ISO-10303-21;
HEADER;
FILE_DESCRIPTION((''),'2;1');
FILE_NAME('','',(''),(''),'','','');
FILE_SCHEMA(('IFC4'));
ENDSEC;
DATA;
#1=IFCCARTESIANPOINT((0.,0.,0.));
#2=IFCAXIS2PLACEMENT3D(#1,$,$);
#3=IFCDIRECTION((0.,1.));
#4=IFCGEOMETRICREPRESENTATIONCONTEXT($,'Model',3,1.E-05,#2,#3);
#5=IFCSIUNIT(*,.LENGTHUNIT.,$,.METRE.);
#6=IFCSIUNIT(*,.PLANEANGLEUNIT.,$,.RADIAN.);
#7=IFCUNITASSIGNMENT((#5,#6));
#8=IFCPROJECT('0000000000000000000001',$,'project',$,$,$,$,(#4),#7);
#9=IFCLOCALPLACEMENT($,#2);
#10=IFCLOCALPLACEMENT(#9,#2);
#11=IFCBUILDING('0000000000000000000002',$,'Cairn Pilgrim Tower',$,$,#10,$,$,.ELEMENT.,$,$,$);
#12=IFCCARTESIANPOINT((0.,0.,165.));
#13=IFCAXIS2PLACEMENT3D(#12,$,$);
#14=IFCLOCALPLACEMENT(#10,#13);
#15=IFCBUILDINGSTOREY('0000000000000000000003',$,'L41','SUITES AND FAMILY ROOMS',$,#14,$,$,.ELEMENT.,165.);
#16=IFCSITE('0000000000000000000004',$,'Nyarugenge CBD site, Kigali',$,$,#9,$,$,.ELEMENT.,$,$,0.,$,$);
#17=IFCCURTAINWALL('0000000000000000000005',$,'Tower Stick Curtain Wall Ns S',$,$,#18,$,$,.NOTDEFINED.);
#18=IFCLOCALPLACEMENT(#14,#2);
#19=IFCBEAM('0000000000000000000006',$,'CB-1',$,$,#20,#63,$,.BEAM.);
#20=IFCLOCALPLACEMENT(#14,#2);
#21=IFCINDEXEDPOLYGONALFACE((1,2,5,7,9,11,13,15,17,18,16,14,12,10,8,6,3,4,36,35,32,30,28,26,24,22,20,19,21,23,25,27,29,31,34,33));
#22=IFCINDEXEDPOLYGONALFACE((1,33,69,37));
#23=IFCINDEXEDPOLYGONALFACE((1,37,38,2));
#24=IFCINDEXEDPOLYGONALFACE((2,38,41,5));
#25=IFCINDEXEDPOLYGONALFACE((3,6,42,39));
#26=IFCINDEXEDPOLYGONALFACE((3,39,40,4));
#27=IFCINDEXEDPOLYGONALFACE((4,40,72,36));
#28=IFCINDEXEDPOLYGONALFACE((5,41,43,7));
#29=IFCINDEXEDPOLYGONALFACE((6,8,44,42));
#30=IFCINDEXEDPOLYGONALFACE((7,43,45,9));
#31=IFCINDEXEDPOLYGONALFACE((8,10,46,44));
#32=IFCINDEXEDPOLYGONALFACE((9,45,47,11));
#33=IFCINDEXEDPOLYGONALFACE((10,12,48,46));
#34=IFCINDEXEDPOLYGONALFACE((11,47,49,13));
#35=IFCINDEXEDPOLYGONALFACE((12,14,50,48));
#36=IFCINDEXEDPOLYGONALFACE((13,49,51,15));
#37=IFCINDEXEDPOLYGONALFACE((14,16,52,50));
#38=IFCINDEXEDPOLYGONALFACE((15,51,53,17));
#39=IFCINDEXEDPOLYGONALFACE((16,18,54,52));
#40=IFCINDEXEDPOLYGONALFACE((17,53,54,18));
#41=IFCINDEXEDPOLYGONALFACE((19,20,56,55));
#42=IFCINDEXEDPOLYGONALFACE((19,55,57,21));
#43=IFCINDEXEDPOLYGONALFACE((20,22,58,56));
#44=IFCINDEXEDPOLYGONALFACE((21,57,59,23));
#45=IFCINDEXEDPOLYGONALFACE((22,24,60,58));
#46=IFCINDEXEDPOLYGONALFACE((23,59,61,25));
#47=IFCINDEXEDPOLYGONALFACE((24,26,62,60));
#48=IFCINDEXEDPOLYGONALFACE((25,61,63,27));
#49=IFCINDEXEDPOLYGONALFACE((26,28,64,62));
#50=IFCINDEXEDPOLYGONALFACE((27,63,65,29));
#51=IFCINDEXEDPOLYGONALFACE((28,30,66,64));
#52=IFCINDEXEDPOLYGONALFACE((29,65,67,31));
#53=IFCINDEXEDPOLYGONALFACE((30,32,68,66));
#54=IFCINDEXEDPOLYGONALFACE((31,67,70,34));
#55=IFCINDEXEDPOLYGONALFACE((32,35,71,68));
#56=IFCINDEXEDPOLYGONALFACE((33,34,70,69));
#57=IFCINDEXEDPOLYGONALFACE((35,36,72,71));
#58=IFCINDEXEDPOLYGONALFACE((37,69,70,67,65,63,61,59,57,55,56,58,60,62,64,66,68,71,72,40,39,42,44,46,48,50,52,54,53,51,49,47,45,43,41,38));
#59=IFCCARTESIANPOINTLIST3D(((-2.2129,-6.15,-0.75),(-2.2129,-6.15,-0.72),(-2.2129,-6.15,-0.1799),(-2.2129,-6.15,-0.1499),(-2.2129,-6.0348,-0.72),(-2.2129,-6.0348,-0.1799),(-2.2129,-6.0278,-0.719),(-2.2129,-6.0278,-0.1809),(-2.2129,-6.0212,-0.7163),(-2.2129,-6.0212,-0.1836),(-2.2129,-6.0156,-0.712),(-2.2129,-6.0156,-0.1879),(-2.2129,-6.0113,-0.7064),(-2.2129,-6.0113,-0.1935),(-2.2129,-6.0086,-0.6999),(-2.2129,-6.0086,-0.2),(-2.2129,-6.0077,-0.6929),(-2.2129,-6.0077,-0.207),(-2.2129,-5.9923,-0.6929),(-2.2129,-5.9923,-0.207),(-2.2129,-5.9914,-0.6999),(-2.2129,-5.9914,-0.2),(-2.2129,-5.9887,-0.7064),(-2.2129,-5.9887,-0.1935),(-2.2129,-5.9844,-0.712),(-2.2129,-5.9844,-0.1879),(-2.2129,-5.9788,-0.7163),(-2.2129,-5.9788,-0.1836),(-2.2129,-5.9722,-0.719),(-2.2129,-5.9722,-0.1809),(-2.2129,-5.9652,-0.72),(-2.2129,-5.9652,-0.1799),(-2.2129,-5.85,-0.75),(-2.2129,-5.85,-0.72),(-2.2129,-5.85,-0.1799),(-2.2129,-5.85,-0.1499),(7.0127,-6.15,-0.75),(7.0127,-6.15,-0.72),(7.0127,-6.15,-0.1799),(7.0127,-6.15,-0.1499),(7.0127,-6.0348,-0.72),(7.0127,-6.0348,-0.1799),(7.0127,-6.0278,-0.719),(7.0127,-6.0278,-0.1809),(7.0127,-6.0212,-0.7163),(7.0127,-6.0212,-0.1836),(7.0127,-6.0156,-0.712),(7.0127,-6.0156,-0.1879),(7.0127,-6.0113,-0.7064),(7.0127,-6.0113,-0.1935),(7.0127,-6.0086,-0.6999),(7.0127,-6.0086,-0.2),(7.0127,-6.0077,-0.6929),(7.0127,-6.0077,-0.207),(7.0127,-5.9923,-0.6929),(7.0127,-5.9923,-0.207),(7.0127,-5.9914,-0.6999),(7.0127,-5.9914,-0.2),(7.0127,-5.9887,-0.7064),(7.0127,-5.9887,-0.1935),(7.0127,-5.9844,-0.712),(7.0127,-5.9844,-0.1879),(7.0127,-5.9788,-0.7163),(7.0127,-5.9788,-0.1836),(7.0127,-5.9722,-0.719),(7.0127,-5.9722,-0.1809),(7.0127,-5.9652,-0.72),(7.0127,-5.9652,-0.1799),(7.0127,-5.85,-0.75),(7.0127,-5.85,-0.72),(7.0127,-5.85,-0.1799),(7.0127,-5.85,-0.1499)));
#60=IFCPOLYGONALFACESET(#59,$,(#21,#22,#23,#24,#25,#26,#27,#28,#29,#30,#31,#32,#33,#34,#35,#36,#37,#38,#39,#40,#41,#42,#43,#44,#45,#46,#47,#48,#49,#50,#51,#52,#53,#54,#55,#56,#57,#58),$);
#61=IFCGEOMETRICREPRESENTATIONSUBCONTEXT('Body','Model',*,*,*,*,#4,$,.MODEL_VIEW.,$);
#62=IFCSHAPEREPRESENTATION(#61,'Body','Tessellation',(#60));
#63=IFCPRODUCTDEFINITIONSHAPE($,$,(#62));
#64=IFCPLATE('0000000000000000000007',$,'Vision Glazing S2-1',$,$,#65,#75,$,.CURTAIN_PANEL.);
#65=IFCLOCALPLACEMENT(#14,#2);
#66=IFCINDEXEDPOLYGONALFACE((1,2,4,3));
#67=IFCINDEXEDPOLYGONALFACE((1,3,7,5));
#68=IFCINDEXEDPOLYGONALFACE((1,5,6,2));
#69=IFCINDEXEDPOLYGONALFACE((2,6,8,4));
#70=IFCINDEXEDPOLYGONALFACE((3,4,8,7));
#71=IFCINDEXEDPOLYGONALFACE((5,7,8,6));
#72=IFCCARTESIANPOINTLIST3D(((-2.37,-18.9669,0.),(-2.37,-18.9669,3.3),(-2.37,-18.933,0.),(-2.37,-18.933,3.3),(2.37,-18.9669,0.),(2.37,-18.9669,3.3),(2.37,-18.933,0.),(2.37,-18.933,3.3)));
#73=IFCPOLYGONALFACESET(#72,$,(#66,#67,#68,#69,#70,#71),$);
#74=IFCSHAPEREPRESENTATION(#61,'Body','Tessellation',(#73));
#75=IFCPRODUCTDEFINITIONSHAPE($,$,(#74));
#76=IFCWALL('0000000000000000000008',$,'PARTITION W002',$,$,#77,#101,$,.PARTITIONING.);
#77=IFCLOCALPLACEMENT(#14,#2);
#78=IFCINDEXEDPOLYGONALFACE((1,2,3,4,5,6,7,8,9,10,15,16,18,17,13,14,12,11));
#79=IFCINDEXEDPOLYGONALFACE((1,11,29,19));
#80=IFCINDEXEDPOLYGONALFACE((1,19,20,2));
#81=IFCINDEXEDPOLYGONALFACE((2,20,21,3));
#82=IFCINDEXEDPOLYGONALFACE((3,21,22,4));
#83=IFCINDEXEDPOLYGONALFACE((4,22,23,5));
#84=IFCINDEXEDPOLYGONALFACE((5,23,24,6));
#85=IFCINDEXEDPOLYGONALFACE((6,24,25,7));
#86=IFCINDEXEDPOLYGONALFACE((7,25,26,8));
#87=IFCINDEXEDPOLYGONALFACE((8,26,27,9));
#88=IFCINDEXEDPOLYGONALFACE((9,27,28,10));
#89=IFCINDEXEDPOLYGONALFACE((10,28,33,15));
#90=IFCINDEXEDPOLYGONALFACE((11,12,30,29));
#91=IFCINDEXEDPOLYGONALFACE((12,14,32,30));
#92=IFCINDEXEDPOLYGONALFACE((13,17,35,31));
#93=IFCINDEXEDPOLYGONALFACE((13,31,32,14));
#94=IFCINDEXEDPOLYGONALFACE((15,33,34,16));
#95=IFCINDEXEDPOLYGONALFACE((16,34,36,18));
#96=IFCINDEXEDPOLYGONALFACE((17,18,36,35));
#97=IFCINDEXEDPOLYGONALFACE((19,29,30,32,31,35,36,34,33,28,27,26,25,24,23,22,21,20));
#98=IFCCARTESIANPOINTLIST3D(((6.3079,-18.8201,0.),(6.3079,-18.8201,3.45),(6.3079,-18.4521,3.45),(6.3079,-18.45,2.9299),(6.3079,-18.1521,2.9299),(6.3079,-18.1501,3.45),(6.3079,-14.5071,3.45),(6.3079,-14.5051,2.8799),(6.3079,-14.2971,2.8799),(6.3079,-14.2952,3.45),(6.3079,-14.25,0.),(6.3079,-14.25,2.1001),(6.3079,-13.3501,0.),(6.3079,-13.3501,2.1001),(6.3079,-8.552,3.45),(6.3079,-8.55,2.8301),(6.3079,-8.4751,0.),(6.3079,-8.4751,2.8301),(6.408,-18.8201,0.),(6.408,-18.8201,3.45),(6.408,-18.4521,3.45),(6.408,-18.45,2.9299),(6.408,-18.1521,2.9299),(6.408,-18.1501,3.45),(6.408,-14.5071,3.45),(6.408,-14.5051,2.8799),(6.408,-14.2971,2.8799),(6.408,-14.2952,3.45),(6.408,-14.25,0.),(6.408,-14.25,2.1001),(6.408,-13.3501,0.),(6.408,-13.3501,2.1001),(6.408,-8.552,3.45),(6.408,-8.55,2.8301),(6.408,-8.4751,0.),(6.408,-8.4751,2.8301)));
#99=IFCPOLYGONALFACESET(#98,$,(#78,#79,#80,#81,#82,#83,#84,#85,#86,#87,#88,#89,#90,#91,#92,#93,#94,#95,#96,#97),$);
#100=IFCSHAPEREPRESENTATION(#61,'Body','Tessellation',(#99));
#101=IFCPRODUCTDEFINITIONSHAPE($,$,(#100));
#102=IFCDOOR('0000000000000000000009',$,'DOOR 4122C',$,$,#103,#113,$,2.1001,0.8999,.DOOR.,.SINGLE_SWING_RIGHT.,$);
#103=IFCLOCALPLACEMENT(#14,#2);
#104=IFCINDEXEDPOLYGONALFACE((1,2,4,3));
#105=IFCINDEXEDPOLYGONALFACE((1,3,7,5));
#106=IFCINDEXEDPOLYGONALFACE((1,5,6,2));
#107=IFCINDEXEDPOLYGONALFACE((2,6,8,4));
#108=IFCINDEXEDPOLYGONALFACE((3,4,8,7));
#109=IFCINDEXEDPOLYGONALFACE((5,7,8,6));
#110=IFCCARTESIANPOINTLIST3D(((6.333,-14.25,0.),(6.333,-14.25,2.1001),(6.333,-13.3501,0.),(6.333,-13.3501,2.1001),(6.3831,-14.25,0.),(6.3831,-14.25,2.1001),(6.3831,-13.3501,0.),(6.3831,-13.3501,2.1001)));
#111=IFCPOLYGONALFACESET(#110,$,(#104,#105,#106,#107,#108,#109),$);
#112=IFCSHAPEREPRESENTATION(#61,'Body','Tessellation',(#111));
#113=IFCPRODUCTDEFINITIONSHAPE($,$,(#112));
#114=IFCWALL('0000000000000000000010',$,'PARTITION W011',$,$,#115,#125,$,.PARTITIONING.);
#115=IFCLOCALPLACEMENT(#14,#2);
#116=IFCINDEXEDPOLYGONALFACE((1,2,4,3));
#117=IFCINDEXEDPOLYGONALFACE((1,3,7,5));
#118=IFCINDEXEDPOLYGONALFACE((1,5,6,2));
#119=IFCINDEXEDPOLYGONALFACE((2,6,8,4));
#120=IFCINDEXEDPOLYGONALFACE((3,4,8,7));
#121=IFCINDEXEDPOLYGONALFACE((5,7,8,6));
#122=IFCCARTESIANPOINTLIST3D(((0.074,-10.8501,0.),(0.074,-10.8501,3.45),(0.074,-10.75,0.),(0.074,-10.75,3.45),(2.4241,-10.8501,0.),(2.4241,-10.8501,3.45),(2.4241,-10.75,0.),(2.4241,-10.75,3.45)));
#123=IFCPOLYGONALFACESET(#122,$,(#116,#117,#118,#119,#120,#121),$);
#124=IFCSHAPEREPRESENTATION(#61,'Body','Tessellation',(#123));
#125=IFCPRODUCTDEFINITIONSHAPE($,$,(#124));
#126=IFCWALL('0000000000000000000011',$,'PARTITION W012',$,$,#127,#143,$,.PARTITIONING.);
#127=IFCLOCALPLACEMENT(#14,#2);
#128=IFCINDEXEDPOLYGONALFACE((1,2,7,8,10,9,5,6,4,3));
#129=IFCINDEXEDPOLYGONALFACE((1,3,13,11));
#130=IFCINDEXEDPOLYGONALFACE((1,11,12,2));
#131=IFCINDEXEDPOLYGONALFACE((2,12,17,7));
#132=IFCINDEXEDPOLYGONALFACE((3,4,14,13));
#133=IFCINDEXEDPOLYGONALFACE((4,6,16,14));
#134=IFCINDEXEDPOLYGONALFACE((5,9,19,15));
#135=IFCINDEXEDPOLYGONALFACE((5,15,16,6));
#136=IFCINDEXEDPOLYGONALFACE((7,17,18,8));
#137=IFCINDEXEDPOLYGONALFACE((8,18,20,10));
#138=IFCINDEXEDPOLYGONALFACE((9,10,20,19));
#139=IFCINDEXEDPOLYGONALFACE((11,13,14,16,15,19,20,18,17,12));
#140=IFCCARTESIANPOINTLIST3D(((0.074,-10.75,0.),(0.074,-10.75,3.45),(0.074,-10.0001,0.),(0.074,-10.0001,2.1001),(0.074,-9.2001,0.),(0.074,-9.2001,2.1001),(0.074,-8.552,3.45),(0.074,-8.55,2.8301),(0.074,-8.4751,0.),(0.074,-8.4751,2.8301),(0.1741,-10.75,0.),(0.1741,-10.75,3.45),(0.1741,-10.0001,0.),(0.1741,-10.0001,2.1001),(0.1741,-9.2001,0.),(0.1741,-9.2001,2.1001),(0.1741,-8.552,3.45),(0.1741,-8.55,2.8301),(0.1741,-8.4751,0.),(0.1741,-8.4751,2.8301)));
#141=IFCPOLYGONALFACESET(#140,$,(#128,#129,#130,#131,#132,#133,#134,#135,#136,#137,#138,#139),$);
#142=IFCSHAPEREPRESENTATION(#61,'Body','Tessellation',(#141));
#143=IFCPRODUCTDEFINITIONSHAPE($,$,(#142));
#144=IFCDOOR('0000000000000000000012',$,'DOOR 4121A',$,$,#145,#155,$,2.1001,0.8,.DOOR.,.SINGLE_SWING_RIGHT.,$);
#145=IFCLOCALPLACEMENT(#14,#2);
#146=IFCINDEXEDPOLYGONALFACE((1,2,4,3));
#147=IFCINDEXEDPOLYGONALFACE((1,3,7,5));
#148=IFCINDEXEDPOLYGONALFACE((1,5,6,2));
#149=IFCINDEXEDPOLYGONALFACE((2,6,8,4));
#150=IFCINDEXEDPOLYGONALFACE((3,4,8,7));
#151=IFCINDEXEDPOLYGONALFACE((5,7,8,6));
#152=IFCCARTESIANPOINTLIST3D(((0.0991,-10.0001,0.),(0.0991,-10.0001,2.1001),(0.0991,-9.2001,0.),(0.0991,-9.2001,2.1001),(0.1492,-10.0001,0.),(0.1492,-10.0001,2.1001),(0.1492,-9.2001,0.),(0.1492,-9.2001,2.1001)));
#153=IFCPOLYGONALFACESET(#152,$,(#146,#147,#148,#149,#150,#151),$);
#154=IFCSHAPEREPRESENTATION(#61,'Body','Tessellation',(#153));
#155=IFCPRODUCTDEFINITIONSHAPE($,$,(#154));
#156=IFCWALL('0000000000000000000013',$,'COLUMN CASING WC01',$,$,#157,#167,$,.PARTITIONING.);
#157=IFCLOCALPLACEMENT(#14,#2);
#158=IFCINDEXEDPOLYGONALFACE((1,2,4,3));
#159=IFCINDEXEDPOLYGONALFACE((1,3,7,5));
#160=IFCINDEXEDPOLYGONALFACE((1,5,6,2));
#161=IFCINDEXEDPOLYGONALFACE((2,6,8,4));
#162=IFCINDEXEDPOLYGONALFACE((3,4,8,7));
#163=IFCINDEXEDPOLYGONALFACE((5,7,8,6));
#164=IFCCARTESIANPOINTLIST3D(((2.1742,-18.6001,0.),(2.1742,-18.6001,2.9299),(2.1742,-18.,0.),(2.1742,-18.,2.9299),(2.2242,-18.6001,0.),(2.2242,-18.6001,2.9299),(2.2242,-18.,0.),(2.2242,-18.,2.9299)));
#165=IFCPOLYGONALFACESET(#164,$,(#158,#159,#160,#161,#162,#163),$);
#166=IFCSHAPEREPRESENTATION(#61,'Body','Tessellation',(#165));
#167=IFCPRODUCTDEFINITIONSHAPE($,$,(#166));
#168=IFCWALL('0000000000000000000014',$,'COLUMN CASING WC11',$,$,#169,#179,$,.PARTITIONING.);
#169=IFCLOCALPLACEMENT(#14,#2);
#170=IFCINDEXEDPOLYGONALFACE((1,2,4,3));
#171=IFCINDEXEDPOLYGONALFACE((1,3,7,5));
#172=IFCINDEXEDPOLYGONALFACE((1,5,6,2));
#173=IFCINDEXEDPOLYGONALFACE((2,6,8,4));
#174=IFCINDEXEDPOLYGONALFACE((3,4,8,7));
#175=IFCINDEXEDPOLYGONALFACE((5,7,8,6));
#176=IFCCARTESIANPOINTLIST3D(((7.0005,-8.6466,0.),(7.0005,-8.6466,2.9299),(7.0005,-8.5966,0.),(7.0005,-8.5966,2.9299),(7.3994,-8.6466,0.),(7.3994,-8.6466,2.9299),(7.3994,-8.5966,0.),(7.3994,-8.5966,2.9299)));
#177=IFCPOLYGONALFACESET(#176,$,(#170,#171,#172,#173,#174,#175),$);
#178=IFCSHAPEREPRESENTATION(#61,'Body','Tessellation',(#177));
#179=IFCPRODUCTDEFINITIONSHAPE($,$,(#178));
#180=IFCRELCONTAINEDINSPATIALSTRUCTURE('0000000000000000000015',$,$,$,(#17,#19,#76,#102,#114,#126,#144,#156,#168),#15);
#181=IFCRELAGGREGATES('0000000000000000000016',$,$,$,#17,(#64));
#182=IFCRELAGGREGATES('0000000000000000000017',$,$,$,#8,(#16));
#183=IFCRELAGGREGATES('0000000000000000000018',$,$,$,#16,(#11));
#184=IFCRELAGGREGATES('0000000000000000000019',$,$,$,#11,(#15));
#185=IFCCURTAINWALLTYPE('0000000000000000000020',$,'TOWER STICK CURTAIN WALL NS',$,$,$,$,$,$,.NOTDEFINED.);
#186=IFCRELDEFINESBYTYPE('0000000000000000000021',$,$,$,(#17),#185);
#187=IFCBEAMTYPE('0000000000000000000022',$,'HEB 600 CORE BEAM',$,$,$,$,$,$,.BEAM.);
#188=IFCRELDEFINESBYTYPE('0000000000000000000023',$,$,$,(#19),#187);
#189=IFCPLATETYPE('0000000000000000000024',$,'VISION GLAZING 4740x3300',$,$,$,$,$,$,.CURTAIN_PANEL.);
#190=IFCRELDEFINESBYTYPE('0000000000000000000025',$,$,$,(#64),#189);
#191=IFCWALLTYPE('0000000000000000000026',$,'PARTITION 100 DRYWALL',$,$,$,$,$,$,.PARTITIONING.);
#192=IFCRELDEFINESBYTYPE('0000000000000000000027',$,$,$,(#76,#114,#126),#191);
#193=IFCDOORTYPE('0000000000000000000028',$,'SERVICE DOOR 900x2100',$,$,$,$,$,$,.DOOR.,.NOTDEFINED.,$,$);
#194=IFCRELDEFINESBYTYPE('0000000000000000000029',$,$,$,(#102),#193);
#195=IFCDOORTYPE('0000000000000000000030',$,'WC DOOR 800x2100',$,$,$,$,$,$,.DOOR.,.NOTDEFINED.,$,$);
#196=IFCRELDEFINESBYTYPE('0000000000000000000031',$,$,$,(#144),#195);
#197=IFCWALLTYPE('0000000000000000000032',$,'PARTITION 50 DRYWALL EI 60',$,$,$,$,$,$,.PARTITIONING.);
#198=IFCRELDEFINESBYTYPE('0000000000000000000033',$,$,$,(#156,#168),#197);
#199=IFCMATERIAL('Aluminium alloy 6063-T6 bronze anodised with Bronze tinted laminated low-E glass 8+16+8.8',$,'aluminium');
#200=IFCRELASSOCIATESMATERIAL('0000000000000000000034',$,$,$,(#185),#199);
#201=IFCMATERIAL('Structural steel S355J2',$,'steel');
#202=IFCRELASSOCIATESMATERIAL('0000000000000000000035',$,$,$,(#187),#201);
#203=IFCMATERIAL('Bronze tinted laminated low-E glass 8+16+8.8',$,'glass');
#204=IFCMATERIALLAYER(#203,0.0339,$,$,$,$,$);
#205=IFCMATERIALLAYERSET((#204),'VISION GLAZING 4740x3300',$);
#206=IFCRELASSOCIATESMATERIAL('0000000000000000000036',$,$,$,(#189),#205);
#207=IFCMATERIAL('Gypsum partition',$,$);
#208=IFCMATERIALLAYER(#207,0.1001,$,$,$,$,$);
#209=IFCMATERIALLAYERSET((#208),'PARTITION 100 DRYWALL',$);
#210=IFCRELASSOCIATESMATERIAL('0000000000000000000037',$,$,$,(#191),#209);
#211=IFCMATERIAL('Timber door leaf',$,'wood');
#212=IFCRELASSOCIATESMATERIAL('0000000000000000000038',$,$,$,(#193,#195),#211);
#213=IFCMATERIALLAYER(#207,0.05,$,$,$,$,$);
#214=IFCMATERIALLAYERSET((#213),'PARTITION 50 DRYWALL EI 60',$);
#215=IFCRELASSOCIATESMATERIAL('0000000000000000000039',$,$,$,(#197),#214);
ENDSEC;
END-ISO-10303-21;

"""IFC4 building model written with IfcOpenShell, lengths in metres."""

from ifc_helpers import new_model, si_unit, direction, frame, frame_2d, origin, origin_2d, place, context, subcontext, project, spatial, polyline, rectangle, i_section, outline, extrude, material, layer, layer_set, material_profile, profile_set, type_object, element, fill, aggregate, save


model = new_model("IFC4")

# Units and contexts
model_context = context("Model", 3, precision=1e-05, world=origin(), true_north=direction((0.0, 1.0)))
body_context = subcontext(model_context, "Body", "Model", "MODEL_VIEW")
ifc_project = project(units=[si_unit("LENGTHUNIT", "METRE"), si_unit("PLANEANGLEUNIT", "RADIAN")], contexts=[model_context])

# Site, building, storey
site_placement = place(None, origin())
site = spatial("IfcSite", under=ifc_project, at=site_placement, Name="Nyarugenge CBD site, Kigali", CompositionType="ELEMENT", RefElevation=0.0)
building_placement = place(site_placement, origin())
building = spatial("IfcBuilding", under=site, at=building_placement, Name="Cairn Pilgrim Tower", CompositionType="ELEMENT")
storey_placement = place(building_placement, frame((0.0, 0.0, 165.0)))
storey = spatial("IfcBuildingStorey", under=building, at=storey_placement, Name="L41", Description="SUITES AND FAMILY ROOMS", CompositionType="ELEMENT", Elevation=165.0)

# Shared definitions
ifc_material_1 = material(Name="Structural steel S355J2", Category="steel")

# Curtain wall
ifc_material_2 = material(Name="Aluminium alloy 6063-T6 bronze anodised with Bronze tinted laminated low-E glass 8+16+8.8", Category="aluminium")
curtain_wall_type = type_object("IfcCurtainWallType", Name="TOWER STICK CURTAIN WALL NS", PredefinedType="NOTDEFINED", material=ifc_material_2)
curtain_wall_placement = place(storey_placement, origin())
curtain_wall = element("IfcCurtainWall", 1, at=curtain_wall_placement, inside=storey, type_object=curtain_wall_type, Name="Tower Stick Curtain Wall Ns S", PredefinedType="NOTDEFINED")

# Beam
ifc_material_profile_1 = material_profile(ifc_material_1, i_section(OverallWidth=0.3, OverallDepth=0.6001, WebThickness=0.0154, FlangeThickness=0.03, FilletRadius=0.0271, at=origin_2d()), Name="HEB 600")
ifc_profile_set_1 = profile_set([ifc_material_profile_1], Name="Structural steel S355J2")
beam_type_1 = type_object("IfcBeamType", Name="HEB 600 CORE BEAM", PredefinedType="BEAM", material=ifc_profile_set_1)
beam_1_placement = place(storey_placement, frame((-2.2129, -6.0, -0.45), z_axis=(1.0, 0.0, 0.0), x_axis=(0.0, 1.0, 0.0)))
element("IfcBeam", 2, at=beam_1_placement, inside=storey, type_object=beam_type_1, Name="CB-1", PredefinedType="BEAM", context=body_context, shape_type="SweptSolid", body=[
    extrude(i_section(OverallWidth=0.3, OverallDepth=0.6001, WebThickness=0.0154, FlangeThickness=0.03, FilletRadius=0.0271, at=origin_2d()), origin(), (0.0, 0.0, 1.0), 9.2256),
])

# Plate
ifc_material_3 = material(Name="Bronze tinted laminated low-E glass 8+16+8.8", Category="glass")
ifc_layer_1 = layer(ifc_material_3, 0.0339)
ifc_layer_set_1 = layer_set([ifc_layer_1], Name="VISION GLAZING 4740x3300")
plate_type = type_object("IfcPlateType", Name="VISION GLAZING 4740x3300", PredefinedType="CURTAIN_PANEL", material=ifc_layer_set_1)
plate_placement = place(storey_placement, frame((0.0, -18.95, 0.0), z_axis=(0.0, 0.0, 1.0), x_axis=(1.0, 0.0, 0.0)))
plate = element("IfcPlate", 3, at=plate_placement, type_object=plate_type, Name="Vision Glazing S2-1", PredefinedType="CURTAIN_PANEL", context=body_context, shape_type="SweptSolid", body=[
    extrude(rectangle(XDim=4.74, YDim=0.0339, at=origin_2d()), origin(), (0.0, 0.0, 1.0), 3.3),
])
aggregate(curtain_wall, [plate])

# Wall, opening, door
ifc_material_4 = material(Name="Gypsum partition")
ifc_layer_2 = layer(ifc_material_4, 0.1001)
ifc_layer_set_2 = layer_set([ifc_layer_2], Name="PARTITION 100 DRYWALL")
wall_type_1 = type_object("IfcWallType", Name="PARTITION 100 DRYWALL", PredefinedType="PARTITIONING", material=ifc_layer_set_2)
wall_1_placement = place(storey_placement, frame((6.3579, -18.8201, 0.0), z_axis=(0.0, 0.0, 1.0), x_axis=(0.0, 1.0, 0.0)))
wall_1 = element("IfcWall", 4, at=wall_1_placement, inside=storey, type_object=wall_type_1, Name="PARTITION W002", PredefinedType="PARTITIONING", context=body_context, shape_type="SweptSolid", body=[
    extrude(outline(polyline([(0.0, 0.0), (10.345, 0.0), (10.345, 2.8301), (10.27, 2.8301), (10.2681, 3.45), (4.5249, 3.45), (4.5229, 2.8799), (4.3149, 2.8799), (4.313, 3.45), (0.6699, 3.45), (0.668, 2.9299), (0.3701, 2.9299), (0.3679, 3.45), (0.0, 3.45), (0.0, 0.0)])), frame((0.0, 0.05, 0.0), z_axis=(0.0, -1.0, 0.0), x_axis=(1.0, 0.0, 0.0)), (0.0, 0.0, 1.0), 0.1001),
])
opening_1_placement = place(wall_1_placement, frame((4.5701, 0.0, 0.0)))
opening_1 = element("IfcOpeningElement", 5, at=opening_1_placement, cuts=wall_1, PredefinedType="OPENING", context=body_context, shape_type="SweptSolid", body=[
    extrude(rectangle(XDim=0.8999, YDim=2.1001, at=frame_2d((0.45, 1.05))), frame((0.0, 0.0601, 0.0), z_axis=(0.0, -1.0, 0.0), x_axis=(1.0, 0.0, 0.0)), (0.0, 0.0, 1.0), 0.1201),
])
ifc_material_5 = material(Name="Timber door leaf", Category="wood")
door_type_1 = type_object("IfcDoorType", Name="SERVICE DOOR 900x2100", OperationType="NOTDEFINED", PredefinedType="DOOR", material=ifc_material_5)
door_1_placement = place(opening_1_placement, origin())
door_1 = element("IfcDoor", 6, at=door_1_placement, inside=storey, type_object=door_type_1, Name="DOOR 4122C", OperationType="SINGLE_SWING_RIGHT", OverallHeight=2.1001, OverallWidth=0.8999, PredefinedType="DOOR", context=body_context, shape_type="SweptSolid", body=[
    extrude(rectangle(XDim=0.8999, YDim=2.1001, at=frame_2d((0.45, 1.05))), frame((0.0, 0.0249, 0.0), z_axis=(0.0, -1.0, 0.0), x_axis=(1.0, 0.0, 0.0)), (0.0, 0.0, 1.0), 0.05),
])
fill(opening_1, door_1)

# Wall
wall_2_placement = place(storey_placement, frame((0.074, -10.8, 0.0), z_axis=(0.0, 0.0, 1.0), x_axis=(1.0, 0.0, 0.0)))
element("IfcWall", 7, at=wall_2_placement, inside=storey, type_object=wall_type_1, Name="PARTITION W011", PredefinedType="PARTITIONING", context=body_context, shape_type="SweptSolid", body=[
    extrude(rectangle(XDim=2.3501, YDim=0.1001, at=frame_2d((1.175, 0.0))), origin(), (0.0, 0.0, 1.0), 3.45),
])

# Wall, opening, door
wall_3_placement = place(storey_placement, frame((0.124, -10.75, 0.0), z_axis=(0.0, 0.0, 1.0), x_axis=(0.0, 1.0, 0.0)))
wall_3 = element("IfcWall", 8, at=wall_3_placement, inside=storey, type_object=wall_type_1, Name="PARTITION W012", PredefinedType="PARTITIONING", context=body_context, shape_type="SweptSolid", body=[
    extrude(outline(polyline([(0.0, 0.0), (2.2749, 0.0), (2.2749, 2.8301), (2.2, 2.8301), (2.198, 3.45), (0.0, 3.45), (0.0, 0.0)])), frame((0.0, 0.05, 0.0), z_axis=(0.0, -1.0, 0.0), x_axis=(1.0, 0.0, 0.0)), (0.0, 0.0, 1.0), 0.1001),
])
opening_2_placement = place(wall_3_placement, frame((0.75, 0.0, 0.0)))
opening_2 = element("IfcOpeningElement", 9, at=opening_2_placement, cuts=wall_3, PredefinedType="OPENING", context=body_context, shape_type="SweptSolid", body=[
    extrude(rectangle(XDim=0.8, YDim=2.1001, at=frame_2d((0.3999, 1.05))), frame((0.0, 0.0601, 0.0), z_axis=(0.0, -1.0, 0.0), x_axis=(1.0, 0.0, 0.0)), (0.0, 0.0, 1.0), 0.1201),
])
door_type_2 = type_object("IfcDoorType", Name="WC DOOR 800x2100", OperationType="NOTDEFINED", PredefinedType="DOOR", material=ifc_material_5)
door_2_placement = place(opening_2_placement, origin())
door_2 = element("IfcDoor", 10, at=door_2_placement, inside=storey, type_object=door_type_2, Name="DOOR 4121A", OperationType="SINGLE_SWING_RIGHT", OverallHeight=2.1001, OverallWidth=0.8, PredefinedType="DOOR", context=body_context, shape_type="SweptSolid", body=[
    extrude(rectangle(XDim=0.8, YDim=2.1001, at=frame_2d((0.3999, 1.05))), frame((0.0, 0.0249, 0.0), z_axis=(0.0, -1.0, 0.0), x_axis=(1.0, 0.0, 0.0)), (0.0, 0.0, 1.0), 0.05),
])
fill(opening_2, door_2)

# Walls
ifc_layer_3 = layer(ifc_material_4, 0.05)
ifc_layer_set_3 = layer_set([ifc_layer_3], Name="PARTITION 50 DRYWALL EI 60")
wall_type_2 = type_object("IfcWallType", Name="PARTITION 50 DRYWALL EI 60", PredefinedType="PARTITIONING", material=ifc_layer_set_3)
wall_4_placement = place(storey_placement, frame((2.1992, -18.6001, 0.0), z_axis=(0.0, 0.0, 1.0), x_axis=(0.0, 1.0, 0.0)))
element("IfcWall", 11, at=wall_4_placement, inside=storey, type_object=wall_type_2, Name="COLUMN CASING WC01", PredefinedType="PARTITIONING", context=body_context, shape_type="SweptSolid", body=[
    extrude(rectangle(XDim=0.6001, YDim=0.05, at=frame_2d((0.3, 0.0))), origin(), (0.0, 0.0, 1.0), 2.9299),
])
wall_5_placement = place(storey_placement, frame((7.0005, -8.6216, 0.0), z_axis=(0.0, 0.0, 1.0), x_axis=(1.0, 0.0, 0.0)))
element("IfcWall", 12, at=wall_5_placement, inside=storey, type_object=wall_type_2, Name="COLUMN CASING WC11", PredefinedType="PARTITIONING", context=body_context, shape_type="SweptSolid", body=[
    extrude(rectangle(XDim=0.3989, YDim=0.05, at=frame_2d((0.1995, 0.0))), origin(), (0.0, 0.0, 1.0), 2.9299),
])

save(model, "model.ifc")
